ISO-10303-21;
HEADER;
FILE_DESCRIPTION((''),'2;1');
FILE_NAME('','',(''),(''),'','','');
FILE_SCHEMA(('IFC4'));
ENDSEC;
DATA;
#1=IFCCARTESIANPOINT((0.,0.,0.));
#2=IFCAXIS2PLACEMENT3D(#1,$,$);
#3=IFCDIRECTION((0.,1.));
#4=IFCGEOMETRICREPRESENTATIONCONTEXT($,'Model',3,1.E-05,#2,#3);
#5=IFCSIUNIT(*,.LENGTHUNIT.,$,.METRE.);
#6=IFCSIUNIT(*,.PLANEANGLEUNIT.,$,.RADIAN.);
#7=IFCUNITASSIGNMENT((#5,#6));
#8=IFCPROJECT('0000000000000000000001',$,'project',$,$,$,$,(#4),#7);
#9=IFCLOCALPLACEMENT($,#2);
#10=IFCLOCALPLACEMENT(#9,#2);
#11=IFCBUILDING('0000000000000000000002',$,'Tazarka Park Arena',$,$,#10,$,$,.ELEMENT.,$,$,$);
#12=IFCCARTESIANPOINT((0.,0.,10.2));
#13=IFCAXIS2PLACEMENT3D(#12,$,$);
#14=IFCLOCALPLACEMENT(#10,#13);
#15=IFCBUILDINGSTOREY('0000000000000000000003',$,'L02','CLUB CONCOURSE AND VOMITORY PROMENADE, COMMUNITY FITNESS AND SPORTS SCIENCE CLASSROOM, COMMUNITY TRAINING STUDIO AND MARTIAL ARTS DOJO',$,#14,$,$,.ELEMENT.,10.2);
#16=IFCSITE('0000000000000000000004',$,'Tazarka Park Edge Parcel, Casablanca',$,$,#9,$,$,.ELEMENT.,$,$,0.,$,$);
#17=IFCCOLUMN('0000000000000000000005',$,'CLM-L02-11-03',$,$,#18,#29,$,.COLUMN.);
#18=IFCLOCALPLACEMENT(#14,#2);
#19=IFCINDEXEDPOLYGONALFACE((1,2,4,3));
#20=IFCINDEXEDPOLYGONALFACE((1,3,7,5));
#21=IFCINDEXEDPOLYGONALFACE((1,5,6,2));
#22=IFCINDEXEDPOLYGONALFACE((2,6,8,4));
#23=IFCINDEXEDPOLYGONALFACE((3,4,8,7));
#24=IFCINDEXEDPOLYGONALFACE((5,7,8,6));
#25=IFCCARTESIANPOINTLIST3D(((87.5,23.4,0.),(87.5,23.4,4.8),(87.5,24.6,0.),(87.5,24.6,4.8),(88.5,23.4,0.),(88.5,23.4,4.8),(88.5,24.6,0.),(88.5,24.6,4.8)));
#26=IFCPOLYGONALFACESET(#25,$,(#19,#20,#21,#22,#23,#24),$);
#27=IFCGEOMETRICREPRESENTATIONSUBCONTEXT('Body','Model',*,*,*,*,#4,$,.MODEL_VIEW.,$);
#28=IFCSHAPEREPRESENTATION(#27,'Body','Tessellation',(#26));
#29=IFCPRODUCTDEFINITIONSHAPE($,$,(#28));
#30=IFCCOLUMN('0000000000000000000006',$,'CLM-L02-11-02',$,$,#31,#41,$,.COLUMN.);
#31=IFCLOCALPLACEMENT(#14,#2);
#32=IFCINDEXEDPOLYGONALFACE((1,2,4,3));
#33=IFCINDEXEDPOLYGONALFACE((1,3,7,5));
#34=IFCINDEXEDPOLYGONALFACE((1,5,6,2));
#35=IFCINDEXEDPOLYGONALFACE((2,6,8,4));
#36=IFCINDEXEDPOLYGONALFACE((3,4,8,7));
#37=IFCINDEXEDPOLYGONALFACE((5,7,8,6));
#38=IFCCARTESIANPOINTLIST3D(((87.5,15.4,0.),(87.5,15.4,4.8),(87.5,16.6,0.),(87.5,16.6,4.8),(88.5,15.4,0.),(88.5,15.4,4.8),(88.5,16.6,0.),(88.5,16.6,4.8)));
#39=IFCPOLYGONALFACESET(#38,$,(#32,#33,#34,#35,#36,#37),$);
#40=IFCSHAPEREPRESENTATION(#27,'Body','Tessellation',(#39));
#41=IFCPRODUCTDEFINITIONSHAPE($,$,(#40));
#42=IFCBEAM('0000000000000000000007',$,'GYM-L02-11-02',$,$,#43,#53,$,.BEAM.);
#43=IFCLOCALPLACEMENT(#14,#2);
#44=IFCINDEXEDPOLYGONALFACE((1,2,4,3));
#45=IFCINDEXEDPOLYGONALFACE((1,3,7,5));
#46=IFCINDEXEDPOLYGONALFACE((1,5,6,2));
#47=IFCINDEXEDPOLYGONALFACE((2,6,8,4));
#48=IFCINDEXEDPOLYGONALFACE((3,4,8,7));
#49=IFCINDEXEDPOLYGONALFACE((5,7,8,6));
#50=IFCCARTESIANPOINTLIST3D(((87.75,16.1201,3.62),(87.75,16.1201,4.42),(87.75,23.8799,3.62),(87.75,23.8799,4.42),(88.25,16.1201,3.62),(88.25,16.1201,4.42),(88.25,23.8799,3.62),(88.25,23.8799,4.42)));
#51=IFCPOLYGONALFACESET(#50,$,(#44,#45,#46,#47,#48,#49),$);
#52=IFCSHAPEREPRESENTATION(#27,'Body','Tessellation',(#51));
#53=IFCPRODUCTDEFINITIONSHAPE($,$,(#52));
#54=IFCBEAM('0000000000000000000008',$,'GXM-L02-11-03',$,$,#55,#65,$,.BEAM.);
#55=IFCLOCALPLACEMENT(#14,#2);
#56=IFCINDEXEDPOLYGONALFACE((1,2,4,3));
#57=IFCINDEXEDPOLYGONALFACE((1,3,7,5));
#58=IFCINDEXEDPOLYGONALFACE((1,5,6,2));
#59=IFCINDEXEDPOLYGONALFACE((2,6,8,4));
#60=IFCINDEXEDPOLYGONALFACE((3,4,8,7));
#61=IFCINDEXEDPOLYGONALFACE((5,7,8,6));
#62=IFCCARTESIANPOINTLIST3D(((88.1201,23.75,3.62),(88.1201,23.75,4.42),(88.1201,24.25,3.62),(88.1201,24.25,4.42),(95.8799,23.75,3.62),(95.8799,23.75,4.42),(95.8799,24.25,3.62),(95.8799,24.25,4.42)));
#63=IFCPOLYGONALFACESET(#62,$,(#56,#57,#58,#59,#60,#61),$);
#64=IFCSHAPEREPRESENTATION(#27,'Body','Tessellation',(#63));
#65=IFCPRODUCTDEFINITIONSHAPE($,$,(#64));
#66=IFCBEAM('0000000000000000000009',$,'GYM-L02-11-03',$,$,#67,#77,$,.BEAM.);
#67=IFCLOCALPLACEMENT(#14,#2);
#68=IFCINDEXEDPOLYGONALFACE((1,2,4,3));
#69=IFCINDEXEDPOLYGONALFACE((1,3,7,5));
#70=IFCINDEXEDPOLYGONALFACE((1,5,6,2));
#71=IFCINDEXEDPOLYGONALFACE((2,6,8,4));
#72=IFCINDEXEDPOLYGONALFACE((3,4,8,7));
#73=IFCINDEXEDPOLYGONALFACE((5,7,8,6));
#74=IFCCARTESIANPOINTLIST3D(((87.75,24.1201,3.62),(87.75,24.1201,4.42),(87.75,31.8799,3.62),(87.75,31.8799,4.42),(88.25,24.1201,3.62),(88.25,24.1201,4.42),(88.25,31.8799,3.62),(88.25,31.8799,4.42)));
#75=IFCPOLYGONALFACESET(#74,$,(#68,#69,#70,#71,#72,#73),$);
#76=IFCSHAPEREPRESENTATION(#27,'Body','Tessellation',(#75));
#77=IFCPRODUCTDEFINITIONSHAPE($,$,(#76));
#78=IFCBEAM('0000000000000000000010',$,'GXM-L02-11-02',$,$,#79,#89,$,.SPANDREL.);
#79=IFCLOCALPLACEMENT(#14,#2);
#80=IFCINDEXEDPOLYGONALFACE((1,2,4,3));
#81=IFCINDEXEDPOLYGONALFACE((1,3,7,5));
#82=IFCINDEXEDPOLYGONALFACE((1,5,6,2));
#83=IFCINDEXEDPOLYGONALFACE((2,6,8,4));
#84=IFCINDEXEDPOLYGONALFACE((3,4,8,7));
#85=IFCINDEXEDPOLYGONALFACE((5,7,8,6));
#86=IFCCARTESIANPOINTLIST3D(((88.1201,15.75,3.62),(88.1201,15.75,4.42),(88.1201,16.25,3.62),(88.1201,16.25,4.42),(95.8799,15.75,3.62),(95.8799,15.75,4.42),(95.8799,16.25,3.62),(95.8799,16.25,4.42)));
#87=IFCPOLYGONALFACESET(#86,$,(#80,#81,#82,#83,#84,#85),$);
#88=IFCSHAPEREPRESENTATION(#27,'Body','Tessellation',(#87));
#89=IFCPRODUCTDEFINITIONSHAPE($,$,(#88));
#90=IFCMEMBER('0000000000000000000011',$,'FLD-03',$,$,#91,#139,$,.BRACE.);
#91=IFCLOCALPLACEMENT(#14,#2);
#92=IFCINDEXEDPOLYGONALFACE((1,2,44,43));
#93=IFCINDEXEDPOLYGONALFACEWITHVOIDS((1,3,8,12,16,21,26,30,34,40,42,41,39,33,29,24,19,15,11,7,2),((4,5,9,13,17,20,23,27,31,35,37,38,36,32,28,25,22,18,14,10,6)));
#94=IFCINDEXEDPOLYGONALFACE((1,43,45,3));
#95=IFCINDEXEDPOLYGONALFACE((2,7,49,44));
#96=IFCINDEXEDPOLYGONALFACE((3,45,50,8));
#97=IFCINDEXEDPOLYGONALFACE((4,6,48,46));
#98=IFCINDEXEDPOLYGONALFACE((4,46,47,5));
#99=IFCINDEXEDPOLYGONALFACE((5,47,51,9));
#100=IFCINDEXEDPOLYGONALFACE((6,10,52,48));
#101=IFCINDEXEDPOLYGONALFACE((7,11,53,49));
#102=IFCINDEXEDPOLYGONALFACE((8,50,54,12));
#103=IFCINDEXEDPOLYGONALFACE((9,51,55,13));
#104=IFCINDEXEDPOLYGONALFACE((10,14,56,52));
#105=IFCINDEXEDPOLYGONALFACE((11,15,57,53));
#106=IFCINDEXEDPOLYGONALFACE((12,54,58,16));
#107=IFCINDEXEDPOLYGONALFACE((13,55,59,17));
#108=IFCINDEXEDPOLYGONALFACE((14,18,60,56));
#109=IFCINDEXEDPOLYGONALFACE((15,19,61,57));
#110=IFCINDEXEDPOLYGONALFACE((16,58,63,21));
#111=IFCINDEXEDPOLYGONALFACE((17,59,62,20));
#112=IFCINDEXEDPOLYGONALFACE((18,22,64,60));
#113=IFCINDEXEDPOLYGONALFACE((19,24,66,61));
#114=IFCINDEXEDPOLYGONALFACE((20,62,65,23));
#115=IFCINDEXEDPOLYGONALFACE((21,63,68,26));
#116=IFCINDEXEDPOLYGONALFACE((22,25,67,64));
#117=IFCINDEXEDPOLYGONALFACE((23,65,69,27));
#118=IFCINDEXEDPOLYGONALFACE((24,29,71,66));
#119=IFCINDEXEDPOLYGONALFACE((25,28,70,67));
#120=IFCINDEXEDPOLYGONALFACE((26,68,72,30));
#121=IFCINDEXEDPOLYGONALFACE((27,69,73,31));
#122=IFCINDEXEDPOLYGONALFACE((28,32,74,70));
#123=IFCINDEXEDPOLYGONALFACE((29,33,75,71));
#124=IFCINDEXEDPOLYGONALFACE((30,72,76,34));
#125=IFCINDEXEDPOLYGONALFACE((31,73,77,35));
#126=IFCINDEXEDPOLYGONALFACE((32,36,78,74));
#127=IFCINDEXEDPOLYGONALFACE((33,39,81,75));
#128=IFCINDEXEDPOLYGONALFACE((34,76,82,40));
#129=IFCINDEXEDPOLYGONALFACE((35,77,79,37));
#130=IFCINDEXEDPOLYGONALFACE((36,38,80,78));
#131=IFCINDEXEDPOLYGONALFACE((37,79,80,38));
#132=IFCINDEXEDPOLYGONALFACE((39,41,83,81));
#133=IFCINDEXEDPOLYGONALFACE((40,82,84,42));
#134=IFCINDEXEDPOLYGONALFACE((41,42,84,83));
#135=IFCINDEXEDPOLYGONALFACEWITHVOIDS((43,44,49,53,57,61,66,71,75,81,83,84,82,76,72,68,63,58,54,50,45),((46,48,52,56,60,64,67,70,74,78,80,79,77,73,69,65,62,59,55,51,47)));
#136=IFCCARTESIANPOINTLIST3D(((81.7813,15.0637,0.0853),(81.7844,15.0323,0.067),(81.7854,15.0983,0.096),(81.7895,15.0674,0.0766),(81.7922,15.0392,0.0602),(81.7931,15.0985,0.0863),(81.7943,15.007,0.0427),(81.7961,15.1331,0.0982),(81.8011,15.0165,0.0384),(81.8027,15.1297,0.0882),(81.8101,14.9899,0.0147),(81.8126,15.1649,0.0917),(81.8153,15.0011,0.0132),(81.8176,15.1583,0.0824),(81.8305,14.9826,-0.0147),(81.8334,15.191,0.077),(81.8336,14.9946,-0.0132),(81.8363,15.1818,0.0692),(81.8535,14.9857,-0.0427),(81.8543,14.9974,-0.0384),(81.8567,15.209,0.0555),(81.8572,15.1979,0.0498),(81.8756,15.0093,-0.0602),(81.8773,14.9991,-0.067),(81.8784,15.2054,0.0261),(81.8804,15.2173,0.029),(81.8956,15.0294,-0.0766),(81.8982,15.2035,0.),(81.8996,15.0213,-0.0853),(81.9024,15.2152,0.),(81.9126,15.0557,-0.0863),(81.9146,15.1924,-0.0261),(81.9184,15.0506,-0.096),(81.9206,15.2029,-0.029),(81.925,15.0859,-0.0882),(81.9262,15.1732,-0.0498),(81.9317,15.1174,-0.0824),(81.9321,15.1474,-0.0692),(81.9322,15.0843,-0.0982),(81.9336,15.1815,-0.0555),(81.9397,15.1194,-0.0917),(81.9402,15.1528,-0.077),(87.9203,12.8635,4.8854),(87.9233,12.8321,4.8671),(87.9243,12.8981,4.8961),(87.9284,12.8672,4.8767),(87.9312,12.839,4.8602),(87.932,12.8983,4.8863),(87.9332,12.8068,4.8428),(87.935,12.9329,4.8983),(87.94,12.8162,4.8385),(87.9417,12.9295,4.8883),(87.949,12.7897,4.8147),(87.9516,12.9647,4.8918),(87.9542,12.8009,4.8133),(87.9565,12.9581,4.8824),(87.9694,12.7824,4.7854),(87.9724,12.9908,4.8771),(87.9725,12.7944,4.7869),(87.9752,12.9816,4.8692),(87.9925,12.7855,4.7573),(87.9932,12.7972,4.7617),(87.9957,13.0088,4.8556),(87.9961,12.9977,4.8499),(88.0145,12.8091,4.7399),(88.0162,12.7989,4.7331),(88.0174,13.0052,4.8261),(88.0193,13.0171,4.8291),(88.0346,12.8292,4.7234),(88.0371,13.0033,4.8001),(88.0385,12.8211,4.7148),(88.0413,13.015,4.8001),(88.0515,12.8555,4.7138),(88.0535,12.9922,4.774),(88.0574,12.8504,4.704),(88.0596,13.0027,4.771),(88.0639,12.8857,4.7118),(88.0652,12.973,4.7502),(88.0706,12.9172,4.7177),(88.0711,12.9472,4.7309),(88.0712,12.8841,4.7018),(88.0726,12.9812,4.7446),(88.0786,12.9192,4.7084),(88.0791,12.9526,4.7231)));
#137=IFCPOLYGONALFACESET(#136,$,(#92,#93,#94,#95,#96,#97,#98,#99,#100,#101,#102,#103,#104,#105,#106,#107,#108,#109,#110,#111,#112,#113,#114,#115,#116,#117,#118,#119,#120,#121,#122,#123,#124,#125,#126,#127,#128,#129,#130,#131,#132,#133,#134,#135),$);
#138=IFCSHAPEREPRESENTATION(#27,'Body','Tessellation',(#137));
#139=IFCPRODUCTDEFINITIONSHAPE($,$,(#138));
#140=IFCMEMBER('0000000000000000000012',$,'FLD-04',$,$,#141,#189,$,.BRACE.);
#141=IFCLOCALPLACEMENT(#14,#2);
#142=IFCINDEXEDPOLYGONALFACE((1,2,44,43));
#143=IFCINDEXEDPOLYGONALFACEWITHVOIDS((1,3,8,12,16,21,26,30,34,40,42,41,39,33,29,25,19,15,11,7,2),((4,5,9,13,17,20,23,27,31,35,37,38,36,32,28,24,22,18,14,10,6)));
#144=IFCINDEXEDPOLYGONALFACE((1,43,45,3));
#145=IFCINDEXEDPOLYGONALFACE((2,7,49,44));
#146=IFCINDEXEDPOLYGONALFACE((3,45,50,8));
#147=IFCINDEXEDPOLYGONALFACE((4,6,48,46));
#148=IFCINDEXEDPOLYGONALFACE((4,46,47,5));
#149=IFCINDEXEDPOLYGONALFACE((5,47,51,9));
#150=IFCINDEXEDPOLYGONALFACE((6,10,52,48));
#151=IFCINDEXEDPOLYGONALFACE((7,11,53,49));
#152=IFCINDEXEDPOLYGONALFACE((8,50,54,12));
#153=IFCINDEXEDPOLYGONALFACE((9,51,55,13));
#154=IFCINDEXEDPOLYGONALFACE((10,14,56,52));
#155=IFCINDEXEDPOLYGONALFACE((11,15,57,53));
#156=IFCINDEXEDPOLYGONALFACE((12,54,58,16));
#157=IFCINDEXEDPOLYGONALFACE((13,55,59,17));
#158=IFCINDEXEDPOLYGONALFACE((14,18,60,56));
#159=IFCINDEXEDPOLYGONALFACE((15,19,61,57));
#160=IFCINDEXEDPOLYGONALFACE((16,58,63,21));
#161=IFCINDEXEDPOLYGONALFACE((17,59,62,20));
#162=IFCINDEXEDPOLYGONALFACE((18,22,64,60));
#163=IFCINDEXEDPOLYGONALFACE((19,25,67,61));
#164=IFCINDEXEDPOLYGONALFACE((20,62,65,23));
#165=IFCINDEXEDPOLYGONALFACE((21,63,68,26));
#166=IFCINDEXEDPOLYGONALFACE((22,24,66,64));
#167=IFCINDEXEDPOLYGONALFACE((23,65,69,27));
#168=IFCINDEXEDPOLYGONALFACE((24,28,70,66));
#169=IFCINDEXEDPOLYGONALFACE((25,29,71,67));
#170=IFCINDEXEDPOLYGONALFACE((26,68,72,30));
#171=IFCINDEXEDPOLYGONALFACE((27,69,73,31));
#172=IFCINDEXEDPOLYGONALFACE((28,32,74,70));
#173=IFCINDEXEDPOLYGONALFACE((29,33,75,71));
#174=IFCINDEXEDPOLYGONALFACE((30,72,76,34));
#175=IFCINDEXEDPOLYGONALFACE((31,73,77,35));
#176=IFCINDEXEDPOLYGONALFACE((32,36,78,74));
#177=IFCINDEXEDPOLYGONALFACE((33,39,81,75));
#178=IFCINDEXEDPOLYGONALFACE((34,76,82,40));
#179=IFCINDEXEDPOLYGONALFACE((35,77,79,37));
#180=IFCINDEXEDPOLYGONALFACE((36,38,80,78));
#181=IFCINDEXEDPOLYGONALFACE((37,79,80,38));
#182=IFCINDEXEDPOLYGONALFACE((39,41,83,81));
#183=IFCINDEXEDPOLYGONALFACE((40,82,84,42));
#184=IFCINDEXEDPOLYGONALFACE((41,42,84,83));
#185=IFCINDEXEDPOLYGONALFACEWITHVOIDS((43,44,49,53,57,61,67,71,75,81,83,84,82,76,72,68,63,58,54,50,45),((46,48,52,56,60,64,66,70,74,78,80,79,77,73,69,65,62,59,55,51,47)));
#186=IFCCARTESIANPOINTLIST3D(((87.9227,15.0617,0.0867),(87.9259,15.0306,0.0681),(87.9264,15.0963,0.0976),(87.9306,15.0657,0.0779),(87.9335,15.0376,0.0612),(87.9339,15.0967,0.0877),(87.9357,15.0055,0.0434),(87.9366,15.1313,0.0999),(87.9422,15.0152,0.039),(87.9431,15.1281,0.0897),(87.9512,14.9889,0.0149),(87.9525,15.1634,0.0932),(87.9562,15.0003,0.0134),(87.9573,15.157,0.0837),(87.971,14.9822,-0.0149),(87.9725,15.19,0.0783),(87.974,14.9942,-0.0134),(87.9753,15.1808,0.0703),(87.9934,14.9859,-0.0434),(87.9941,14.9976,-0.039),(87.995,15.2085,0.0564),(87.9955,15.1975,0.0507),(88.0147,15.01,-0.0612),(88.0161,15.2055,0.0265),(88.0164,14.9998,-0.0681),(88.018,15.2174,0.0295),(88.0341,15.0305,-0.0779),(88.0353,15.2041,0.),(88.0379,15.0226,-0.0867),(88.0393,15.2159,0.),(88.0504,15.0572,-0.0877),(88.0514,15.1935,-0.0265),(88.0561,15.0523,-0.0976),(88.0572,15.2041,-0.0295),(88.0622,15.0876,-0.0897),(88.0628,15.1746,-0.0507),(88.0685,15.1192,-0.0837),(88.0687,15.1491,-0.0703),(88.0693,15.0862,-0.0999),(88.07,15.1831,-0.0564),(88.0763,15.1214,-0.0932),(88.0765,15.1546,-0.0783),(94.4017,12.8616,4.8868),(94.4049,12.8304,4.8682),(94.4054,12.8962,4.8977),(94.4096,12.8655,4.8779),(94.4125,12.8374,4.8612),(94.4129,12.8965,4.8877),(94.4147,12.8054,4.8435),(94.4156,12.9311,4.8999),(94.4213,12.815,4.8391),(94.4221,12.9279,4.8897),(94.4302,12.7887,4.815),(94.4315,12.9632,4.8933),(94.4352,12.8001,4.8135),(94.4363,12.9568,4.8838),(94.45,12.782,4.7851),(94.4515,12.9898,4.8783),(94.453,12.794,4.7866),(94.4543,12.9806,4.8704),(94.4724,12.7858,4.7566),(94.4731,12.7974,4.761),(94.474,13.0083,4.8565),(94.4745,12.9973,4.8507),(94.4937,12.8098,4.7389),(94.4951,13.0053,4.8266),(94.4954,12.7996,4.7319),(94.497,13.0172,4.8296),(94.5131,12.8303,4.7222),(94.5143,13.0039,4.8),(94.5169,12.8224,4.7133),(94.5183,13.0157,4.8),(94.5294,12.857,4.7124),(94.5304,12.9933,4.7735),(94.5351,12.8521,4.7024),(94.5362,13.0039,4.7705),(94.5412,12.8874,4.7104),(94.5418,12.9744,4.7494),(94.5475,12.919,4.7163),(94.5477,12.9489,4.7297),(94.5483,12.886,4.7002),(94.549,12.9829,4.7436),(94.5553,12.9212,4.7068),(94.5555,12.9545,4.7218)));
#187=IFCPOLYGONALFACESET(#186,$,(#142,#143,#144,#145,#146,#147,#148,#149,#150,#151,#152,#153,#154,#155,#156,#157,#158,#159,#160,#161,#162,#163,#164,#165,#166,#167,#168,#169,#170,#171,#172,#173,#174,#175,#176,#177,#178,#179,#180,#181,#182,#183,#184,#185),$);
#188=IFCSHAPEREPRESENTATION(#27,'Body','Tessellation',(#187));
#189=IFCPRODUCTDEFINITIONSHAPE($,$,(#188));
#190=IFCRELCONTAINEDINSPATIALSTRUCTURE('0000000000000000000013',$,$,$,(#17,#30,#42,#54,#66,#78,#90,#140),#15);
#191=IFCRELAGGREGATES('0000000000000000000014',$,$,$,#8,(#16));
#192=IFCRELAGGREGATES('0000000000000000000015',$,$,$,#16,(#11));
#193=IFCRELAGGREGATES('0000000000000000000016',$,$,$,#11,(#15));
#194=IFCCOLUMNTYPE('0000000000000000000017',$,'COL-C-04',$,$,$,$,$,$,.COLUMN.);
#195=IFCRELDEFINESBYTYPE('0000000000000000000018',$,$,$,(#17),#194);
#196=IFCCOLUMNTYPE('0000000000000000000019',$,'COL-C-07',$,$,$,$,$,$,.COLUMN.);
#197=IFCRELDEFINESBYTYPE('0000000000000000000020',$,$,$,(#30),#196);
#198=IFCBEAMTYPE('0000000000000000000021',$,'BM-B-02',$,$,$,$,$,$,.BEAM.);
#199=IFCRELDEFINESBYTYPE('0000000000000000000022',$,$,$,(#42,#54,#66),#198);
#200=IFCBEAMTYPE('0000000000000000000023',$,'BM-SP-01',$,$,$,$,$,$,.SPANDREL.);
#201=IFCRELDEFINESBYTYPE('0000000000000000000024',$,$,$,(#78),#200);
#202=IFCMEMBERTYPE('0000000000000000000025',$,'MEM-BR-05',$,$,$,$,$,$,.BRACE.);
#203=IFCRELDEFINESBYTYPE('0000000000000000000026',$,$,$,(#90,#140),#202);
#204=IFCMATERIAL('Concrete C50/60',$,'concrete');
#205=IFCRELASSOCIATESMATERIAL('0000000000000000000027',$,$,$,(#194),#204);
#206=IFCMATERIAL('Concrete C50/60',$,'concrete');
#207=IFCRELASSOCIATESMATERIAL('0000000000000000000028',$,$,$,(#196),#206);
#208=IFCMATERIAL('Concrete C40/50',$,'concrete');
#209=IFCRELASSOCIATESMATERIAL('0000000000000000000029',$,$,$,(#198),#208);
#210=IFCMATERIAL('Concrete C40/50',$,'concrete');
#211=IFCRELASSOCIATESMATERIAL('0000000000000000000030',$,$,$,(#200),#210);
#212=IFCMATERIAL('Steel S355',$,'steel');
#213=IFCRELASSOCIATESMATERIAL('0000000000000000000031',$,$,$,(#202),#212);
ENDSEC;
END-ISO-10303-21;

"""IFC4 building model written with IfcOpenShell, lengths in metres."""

from ifc_helpers import new_model, si_unit, direction, frame, origin, origin_2d, place, context, subcontext, project, spatial, rectangle, hollow_circle, extrude, material, material_profile, profile_set, type_object, element, save


model = new_model("IFC4")

# Units and contexts
model_context = context("Model", 3, precision=1e-05, world=origin(), true_north=direction((0.0, 1.0)))
body_context = subcontext(model_context, "Body", "Model", "MODEL_VIEW")
ifc_project = project(units=[si_unit("LENGTHUNIT", "METRE"), si_unit("PLANEANGLEUNIT", "RADIAN")], contexts=[model_context])

# Site, building, storey
site_placement = place(None, origin())
site = spatial("IfcSite", under=ifc_project, at=site_placement, Name="Tazarka Park Edge Parcel, Casablanca", CompositionType="ELEMENT", RefElevation=0.0)
building_placement = place(site_placement, origin())
building = spatial("IfcBuilding", under=site, at=building_placement, Name="Tazarka Park Arena", CompositionType="ELEMENT")
storey_placement = place(building_placement, frame((0.0, 0.0, 10.2)))
storey = spatial("IfcBuildingStorey", under=building, at=storey_placement, Name="L02", Description="CLUB CONCOURSE AND VOMITORY PROMENADE, COMMUNITY FITNESS AND SPORTS SCIENCE CLASSROOM, COMMUNITY TRAINING STUDIO AND MARTIAL ARTS DOJO", CompositionType="ELEMENT", Elevation=10.2)

# Columns
ifc_material_1 = material(Name="Concrete C50/60", Category="concrete")
ifc_material_profile_1 = material_profile(ifc_material_1, rectangle(XDim=1.0, YDim=1.2, at=origin_2d()), Name="Concrete C50/60")
ifc_profile_set_1 = profile_set([ifc_material_profile_1], Name="Concrete C50/60")
column_type_1 = type_object("IfcColumnType", Name="COL-C-04", PredefinedType="COLUMN", material=ifc_profile_set_1)
column_1_placement = place(storey_placement, frame((88.0, 24.0, 0.0), z_axis=(0.0, 0.0, 1.0), x_axis=(1.0, 0.0, 0.0)))
element("IfcColumn", 1, at=column_1_placement, inside=storey, type_object=column_type_1, Name="CLM-L02-11-03", PredefinedType="COLUMN", context=body_context, shape_type="SweptSolid", body=[
    extrude(rectangle(XDim=1.0, YDim=1.2, at=origin_2d()), origin(), (0.0, 0.0, 1.0), 4.8),
])
ifc_material_2 = material(Name="Concrete C50/60", Category="concrete")
ifc_material_profile_2 = material_profile(ifc_material_2, rectangle(XDim=1.0, YDim=1.2, at=origin_2d()), Name="Concrete C50/60")
ifc_profile_set_2 = profile_set([ifc_material_profile_2], Name="Concrete C50/60")
column_type_2 = type_object("IfcColumnType", Name="COL-C-07", PredefinedType="COLUMN", material=ifc_profile_set_2)
column_2_placement = place(storey_placement, frame((88.0, 16.0, 0.0), z_axis=(0.0, 0.0, 1.0), x_axis=(1.0, 0.0, 0.0)))
element("IfcColumn", 2, at=column_2_placement, inside=storey, type_object=column_type_2, Name="CLM-L02-11-02", PredefinedType="COLUMN", context=body_context, shape_type="SweptSolid", body=[
    extrude(rectangle(XDim=1.0, YDim=1.2, at=origin_2d()), origin(), (0.0, 0.0, 1.0), 4.8),
])

# Beams
ifc_material_3 = material(Name="Concrete C40/50", Category="concrete")
ifc_material_profile_3 = material_profile(ifc_material_3, rectangle(XDim=0.5, YDim=0.8, at=origin_2d()), Name="Concrete C40/50")
ifc_profile_set_3 = profile_set([ifc_material_profile_3], Name="Concrete C40/50")
beam_type_1 = type_object("IfcBeamType", Name="BM-B-02", PredefinedType="BEAM", material=ifc_profile_set_3)
for number, where, z_axis, x_axis, name in (
    (3, (88.0, 16.1201, 4.02), (0.0, 1.0, 0.0), (-1.0, 0.0, 0.0), "GYM-L02-11-02"),
    (4, (88.1201, 24.0, 4.02), (1.0, 0.0, 0.0), (0.0, 1.0, 0.0), "GXM-L02-11-03"),
    (5, (88.0, 24.1201, 4.02), (0.0, 1.0, 0.0), (-1.0, 0.0, 0.0), "GYM-L02-11-03"),
):
    element("IfcBeam", number, at=place(storey_placement, frame(where, z_axis=z_axis, x_axis=x_axis)), inside=storey, type_object=beam_type_1, Name=name, PredefinedType="BEAM", context=body_context, shape_type="SweptSolid", body=[
        extrude(rectangle(XDim=0.5, YDim=0.8, at=origin_2d()), origin(), (0.0, 0.0, 1.0), 7.7598),
    ])
ifc_material_4 = material(Name="Concrete C40/50", Category="concrete")
ifc_material_profile_4 = material_profile(ifc_material_4, rectangle(XDim=0.5, YDim=0.8, at=origin_2d()), Name="Concrete C40/50")
ifc_profile_set_4 = profile_set([ifc_material_profile_4], Name="Concrete C40/50")
beam_type_2 = type_object("IfcBeamType", Name="BM-SP-01", PredefinedType="SPANDREL", material=ifc_profile_set_4)
beam_placement = place(storey_placement, frame((88.1201, 16.0, 4.02), z_axis=(1.0, 0.0, 0.0), x_axis=(0.0, 1.0, 0.0)))
element("IfcBeam", 6, at=beam_placement, inside=storey, type_object=beam_type_2, Name="GXM-L02-11-02", PredefinedType="SPANDREL", context=body_context, shape_type="SweptSolid", body=[
    extrude(rectangle(XDim=0.5, YDim=0.8, at=origin_2d()), origin(), (0.0, 0.0, 1.0), 7.7598),
])

# Members
ifc_material_5 = material(Name="Steel S355", Category="steel")
ifc_material_profile_5 = material_profile(ifc_material_5, hollow_circle(Radius=0.1223, WallThickness=0.0125, at=origin_2d()), Name="Steel S355")
ifc_profile_set_5 = profile_set([ifc_material_profile_5], Name="Steel S355")
member_type_1 = type_object("IfcMemberType", Name="MEM-BR-05", PredefinedType="BRACE", material=ifc_profile_set_5)
member_1_placement = place(storey_placement, frame((81.8611, 15.1001, 0.0), z_axis=(0.758136, -0.271717, 0.59279), x_axis=(0.337387, 0.941366, 0.0)))
element("IfcMember", 7, at=member_1_placement, inside=storey, type_object=member_type_1, Name="FLD-03", PredefinedType="BRACE", context=body_context, shape_type="SweptSolid", body=[
    extrude(hollow_circle(Radius=0.1223, WallThickness=0.0125, at=origin_2d()), origin(), (0.0, 0.0, 1.0), 8.0974),
])
member_2_placement = place(storey_placement, frame((88.0, 15.1001, 0.0), z_axis=(0.775171, -0.263239, 0.574295), x_axis=(0.321553, 0.946891, 0.0)))
element("IfcMember", 8, at=member_2_placement, inside=storey, type_object=member_type_1, Name="FLD-04", PredefinedType="BRACE", context=body_context, shape_type="SweptSolid", body=[
    extrude(hollow_circle(Radius=0.1223, WallThickness=0.0125, at=origin_2d()), origin(), (0.0, 0.0, 1.0), 8.3582),
])

save(model, "model.ifc")
